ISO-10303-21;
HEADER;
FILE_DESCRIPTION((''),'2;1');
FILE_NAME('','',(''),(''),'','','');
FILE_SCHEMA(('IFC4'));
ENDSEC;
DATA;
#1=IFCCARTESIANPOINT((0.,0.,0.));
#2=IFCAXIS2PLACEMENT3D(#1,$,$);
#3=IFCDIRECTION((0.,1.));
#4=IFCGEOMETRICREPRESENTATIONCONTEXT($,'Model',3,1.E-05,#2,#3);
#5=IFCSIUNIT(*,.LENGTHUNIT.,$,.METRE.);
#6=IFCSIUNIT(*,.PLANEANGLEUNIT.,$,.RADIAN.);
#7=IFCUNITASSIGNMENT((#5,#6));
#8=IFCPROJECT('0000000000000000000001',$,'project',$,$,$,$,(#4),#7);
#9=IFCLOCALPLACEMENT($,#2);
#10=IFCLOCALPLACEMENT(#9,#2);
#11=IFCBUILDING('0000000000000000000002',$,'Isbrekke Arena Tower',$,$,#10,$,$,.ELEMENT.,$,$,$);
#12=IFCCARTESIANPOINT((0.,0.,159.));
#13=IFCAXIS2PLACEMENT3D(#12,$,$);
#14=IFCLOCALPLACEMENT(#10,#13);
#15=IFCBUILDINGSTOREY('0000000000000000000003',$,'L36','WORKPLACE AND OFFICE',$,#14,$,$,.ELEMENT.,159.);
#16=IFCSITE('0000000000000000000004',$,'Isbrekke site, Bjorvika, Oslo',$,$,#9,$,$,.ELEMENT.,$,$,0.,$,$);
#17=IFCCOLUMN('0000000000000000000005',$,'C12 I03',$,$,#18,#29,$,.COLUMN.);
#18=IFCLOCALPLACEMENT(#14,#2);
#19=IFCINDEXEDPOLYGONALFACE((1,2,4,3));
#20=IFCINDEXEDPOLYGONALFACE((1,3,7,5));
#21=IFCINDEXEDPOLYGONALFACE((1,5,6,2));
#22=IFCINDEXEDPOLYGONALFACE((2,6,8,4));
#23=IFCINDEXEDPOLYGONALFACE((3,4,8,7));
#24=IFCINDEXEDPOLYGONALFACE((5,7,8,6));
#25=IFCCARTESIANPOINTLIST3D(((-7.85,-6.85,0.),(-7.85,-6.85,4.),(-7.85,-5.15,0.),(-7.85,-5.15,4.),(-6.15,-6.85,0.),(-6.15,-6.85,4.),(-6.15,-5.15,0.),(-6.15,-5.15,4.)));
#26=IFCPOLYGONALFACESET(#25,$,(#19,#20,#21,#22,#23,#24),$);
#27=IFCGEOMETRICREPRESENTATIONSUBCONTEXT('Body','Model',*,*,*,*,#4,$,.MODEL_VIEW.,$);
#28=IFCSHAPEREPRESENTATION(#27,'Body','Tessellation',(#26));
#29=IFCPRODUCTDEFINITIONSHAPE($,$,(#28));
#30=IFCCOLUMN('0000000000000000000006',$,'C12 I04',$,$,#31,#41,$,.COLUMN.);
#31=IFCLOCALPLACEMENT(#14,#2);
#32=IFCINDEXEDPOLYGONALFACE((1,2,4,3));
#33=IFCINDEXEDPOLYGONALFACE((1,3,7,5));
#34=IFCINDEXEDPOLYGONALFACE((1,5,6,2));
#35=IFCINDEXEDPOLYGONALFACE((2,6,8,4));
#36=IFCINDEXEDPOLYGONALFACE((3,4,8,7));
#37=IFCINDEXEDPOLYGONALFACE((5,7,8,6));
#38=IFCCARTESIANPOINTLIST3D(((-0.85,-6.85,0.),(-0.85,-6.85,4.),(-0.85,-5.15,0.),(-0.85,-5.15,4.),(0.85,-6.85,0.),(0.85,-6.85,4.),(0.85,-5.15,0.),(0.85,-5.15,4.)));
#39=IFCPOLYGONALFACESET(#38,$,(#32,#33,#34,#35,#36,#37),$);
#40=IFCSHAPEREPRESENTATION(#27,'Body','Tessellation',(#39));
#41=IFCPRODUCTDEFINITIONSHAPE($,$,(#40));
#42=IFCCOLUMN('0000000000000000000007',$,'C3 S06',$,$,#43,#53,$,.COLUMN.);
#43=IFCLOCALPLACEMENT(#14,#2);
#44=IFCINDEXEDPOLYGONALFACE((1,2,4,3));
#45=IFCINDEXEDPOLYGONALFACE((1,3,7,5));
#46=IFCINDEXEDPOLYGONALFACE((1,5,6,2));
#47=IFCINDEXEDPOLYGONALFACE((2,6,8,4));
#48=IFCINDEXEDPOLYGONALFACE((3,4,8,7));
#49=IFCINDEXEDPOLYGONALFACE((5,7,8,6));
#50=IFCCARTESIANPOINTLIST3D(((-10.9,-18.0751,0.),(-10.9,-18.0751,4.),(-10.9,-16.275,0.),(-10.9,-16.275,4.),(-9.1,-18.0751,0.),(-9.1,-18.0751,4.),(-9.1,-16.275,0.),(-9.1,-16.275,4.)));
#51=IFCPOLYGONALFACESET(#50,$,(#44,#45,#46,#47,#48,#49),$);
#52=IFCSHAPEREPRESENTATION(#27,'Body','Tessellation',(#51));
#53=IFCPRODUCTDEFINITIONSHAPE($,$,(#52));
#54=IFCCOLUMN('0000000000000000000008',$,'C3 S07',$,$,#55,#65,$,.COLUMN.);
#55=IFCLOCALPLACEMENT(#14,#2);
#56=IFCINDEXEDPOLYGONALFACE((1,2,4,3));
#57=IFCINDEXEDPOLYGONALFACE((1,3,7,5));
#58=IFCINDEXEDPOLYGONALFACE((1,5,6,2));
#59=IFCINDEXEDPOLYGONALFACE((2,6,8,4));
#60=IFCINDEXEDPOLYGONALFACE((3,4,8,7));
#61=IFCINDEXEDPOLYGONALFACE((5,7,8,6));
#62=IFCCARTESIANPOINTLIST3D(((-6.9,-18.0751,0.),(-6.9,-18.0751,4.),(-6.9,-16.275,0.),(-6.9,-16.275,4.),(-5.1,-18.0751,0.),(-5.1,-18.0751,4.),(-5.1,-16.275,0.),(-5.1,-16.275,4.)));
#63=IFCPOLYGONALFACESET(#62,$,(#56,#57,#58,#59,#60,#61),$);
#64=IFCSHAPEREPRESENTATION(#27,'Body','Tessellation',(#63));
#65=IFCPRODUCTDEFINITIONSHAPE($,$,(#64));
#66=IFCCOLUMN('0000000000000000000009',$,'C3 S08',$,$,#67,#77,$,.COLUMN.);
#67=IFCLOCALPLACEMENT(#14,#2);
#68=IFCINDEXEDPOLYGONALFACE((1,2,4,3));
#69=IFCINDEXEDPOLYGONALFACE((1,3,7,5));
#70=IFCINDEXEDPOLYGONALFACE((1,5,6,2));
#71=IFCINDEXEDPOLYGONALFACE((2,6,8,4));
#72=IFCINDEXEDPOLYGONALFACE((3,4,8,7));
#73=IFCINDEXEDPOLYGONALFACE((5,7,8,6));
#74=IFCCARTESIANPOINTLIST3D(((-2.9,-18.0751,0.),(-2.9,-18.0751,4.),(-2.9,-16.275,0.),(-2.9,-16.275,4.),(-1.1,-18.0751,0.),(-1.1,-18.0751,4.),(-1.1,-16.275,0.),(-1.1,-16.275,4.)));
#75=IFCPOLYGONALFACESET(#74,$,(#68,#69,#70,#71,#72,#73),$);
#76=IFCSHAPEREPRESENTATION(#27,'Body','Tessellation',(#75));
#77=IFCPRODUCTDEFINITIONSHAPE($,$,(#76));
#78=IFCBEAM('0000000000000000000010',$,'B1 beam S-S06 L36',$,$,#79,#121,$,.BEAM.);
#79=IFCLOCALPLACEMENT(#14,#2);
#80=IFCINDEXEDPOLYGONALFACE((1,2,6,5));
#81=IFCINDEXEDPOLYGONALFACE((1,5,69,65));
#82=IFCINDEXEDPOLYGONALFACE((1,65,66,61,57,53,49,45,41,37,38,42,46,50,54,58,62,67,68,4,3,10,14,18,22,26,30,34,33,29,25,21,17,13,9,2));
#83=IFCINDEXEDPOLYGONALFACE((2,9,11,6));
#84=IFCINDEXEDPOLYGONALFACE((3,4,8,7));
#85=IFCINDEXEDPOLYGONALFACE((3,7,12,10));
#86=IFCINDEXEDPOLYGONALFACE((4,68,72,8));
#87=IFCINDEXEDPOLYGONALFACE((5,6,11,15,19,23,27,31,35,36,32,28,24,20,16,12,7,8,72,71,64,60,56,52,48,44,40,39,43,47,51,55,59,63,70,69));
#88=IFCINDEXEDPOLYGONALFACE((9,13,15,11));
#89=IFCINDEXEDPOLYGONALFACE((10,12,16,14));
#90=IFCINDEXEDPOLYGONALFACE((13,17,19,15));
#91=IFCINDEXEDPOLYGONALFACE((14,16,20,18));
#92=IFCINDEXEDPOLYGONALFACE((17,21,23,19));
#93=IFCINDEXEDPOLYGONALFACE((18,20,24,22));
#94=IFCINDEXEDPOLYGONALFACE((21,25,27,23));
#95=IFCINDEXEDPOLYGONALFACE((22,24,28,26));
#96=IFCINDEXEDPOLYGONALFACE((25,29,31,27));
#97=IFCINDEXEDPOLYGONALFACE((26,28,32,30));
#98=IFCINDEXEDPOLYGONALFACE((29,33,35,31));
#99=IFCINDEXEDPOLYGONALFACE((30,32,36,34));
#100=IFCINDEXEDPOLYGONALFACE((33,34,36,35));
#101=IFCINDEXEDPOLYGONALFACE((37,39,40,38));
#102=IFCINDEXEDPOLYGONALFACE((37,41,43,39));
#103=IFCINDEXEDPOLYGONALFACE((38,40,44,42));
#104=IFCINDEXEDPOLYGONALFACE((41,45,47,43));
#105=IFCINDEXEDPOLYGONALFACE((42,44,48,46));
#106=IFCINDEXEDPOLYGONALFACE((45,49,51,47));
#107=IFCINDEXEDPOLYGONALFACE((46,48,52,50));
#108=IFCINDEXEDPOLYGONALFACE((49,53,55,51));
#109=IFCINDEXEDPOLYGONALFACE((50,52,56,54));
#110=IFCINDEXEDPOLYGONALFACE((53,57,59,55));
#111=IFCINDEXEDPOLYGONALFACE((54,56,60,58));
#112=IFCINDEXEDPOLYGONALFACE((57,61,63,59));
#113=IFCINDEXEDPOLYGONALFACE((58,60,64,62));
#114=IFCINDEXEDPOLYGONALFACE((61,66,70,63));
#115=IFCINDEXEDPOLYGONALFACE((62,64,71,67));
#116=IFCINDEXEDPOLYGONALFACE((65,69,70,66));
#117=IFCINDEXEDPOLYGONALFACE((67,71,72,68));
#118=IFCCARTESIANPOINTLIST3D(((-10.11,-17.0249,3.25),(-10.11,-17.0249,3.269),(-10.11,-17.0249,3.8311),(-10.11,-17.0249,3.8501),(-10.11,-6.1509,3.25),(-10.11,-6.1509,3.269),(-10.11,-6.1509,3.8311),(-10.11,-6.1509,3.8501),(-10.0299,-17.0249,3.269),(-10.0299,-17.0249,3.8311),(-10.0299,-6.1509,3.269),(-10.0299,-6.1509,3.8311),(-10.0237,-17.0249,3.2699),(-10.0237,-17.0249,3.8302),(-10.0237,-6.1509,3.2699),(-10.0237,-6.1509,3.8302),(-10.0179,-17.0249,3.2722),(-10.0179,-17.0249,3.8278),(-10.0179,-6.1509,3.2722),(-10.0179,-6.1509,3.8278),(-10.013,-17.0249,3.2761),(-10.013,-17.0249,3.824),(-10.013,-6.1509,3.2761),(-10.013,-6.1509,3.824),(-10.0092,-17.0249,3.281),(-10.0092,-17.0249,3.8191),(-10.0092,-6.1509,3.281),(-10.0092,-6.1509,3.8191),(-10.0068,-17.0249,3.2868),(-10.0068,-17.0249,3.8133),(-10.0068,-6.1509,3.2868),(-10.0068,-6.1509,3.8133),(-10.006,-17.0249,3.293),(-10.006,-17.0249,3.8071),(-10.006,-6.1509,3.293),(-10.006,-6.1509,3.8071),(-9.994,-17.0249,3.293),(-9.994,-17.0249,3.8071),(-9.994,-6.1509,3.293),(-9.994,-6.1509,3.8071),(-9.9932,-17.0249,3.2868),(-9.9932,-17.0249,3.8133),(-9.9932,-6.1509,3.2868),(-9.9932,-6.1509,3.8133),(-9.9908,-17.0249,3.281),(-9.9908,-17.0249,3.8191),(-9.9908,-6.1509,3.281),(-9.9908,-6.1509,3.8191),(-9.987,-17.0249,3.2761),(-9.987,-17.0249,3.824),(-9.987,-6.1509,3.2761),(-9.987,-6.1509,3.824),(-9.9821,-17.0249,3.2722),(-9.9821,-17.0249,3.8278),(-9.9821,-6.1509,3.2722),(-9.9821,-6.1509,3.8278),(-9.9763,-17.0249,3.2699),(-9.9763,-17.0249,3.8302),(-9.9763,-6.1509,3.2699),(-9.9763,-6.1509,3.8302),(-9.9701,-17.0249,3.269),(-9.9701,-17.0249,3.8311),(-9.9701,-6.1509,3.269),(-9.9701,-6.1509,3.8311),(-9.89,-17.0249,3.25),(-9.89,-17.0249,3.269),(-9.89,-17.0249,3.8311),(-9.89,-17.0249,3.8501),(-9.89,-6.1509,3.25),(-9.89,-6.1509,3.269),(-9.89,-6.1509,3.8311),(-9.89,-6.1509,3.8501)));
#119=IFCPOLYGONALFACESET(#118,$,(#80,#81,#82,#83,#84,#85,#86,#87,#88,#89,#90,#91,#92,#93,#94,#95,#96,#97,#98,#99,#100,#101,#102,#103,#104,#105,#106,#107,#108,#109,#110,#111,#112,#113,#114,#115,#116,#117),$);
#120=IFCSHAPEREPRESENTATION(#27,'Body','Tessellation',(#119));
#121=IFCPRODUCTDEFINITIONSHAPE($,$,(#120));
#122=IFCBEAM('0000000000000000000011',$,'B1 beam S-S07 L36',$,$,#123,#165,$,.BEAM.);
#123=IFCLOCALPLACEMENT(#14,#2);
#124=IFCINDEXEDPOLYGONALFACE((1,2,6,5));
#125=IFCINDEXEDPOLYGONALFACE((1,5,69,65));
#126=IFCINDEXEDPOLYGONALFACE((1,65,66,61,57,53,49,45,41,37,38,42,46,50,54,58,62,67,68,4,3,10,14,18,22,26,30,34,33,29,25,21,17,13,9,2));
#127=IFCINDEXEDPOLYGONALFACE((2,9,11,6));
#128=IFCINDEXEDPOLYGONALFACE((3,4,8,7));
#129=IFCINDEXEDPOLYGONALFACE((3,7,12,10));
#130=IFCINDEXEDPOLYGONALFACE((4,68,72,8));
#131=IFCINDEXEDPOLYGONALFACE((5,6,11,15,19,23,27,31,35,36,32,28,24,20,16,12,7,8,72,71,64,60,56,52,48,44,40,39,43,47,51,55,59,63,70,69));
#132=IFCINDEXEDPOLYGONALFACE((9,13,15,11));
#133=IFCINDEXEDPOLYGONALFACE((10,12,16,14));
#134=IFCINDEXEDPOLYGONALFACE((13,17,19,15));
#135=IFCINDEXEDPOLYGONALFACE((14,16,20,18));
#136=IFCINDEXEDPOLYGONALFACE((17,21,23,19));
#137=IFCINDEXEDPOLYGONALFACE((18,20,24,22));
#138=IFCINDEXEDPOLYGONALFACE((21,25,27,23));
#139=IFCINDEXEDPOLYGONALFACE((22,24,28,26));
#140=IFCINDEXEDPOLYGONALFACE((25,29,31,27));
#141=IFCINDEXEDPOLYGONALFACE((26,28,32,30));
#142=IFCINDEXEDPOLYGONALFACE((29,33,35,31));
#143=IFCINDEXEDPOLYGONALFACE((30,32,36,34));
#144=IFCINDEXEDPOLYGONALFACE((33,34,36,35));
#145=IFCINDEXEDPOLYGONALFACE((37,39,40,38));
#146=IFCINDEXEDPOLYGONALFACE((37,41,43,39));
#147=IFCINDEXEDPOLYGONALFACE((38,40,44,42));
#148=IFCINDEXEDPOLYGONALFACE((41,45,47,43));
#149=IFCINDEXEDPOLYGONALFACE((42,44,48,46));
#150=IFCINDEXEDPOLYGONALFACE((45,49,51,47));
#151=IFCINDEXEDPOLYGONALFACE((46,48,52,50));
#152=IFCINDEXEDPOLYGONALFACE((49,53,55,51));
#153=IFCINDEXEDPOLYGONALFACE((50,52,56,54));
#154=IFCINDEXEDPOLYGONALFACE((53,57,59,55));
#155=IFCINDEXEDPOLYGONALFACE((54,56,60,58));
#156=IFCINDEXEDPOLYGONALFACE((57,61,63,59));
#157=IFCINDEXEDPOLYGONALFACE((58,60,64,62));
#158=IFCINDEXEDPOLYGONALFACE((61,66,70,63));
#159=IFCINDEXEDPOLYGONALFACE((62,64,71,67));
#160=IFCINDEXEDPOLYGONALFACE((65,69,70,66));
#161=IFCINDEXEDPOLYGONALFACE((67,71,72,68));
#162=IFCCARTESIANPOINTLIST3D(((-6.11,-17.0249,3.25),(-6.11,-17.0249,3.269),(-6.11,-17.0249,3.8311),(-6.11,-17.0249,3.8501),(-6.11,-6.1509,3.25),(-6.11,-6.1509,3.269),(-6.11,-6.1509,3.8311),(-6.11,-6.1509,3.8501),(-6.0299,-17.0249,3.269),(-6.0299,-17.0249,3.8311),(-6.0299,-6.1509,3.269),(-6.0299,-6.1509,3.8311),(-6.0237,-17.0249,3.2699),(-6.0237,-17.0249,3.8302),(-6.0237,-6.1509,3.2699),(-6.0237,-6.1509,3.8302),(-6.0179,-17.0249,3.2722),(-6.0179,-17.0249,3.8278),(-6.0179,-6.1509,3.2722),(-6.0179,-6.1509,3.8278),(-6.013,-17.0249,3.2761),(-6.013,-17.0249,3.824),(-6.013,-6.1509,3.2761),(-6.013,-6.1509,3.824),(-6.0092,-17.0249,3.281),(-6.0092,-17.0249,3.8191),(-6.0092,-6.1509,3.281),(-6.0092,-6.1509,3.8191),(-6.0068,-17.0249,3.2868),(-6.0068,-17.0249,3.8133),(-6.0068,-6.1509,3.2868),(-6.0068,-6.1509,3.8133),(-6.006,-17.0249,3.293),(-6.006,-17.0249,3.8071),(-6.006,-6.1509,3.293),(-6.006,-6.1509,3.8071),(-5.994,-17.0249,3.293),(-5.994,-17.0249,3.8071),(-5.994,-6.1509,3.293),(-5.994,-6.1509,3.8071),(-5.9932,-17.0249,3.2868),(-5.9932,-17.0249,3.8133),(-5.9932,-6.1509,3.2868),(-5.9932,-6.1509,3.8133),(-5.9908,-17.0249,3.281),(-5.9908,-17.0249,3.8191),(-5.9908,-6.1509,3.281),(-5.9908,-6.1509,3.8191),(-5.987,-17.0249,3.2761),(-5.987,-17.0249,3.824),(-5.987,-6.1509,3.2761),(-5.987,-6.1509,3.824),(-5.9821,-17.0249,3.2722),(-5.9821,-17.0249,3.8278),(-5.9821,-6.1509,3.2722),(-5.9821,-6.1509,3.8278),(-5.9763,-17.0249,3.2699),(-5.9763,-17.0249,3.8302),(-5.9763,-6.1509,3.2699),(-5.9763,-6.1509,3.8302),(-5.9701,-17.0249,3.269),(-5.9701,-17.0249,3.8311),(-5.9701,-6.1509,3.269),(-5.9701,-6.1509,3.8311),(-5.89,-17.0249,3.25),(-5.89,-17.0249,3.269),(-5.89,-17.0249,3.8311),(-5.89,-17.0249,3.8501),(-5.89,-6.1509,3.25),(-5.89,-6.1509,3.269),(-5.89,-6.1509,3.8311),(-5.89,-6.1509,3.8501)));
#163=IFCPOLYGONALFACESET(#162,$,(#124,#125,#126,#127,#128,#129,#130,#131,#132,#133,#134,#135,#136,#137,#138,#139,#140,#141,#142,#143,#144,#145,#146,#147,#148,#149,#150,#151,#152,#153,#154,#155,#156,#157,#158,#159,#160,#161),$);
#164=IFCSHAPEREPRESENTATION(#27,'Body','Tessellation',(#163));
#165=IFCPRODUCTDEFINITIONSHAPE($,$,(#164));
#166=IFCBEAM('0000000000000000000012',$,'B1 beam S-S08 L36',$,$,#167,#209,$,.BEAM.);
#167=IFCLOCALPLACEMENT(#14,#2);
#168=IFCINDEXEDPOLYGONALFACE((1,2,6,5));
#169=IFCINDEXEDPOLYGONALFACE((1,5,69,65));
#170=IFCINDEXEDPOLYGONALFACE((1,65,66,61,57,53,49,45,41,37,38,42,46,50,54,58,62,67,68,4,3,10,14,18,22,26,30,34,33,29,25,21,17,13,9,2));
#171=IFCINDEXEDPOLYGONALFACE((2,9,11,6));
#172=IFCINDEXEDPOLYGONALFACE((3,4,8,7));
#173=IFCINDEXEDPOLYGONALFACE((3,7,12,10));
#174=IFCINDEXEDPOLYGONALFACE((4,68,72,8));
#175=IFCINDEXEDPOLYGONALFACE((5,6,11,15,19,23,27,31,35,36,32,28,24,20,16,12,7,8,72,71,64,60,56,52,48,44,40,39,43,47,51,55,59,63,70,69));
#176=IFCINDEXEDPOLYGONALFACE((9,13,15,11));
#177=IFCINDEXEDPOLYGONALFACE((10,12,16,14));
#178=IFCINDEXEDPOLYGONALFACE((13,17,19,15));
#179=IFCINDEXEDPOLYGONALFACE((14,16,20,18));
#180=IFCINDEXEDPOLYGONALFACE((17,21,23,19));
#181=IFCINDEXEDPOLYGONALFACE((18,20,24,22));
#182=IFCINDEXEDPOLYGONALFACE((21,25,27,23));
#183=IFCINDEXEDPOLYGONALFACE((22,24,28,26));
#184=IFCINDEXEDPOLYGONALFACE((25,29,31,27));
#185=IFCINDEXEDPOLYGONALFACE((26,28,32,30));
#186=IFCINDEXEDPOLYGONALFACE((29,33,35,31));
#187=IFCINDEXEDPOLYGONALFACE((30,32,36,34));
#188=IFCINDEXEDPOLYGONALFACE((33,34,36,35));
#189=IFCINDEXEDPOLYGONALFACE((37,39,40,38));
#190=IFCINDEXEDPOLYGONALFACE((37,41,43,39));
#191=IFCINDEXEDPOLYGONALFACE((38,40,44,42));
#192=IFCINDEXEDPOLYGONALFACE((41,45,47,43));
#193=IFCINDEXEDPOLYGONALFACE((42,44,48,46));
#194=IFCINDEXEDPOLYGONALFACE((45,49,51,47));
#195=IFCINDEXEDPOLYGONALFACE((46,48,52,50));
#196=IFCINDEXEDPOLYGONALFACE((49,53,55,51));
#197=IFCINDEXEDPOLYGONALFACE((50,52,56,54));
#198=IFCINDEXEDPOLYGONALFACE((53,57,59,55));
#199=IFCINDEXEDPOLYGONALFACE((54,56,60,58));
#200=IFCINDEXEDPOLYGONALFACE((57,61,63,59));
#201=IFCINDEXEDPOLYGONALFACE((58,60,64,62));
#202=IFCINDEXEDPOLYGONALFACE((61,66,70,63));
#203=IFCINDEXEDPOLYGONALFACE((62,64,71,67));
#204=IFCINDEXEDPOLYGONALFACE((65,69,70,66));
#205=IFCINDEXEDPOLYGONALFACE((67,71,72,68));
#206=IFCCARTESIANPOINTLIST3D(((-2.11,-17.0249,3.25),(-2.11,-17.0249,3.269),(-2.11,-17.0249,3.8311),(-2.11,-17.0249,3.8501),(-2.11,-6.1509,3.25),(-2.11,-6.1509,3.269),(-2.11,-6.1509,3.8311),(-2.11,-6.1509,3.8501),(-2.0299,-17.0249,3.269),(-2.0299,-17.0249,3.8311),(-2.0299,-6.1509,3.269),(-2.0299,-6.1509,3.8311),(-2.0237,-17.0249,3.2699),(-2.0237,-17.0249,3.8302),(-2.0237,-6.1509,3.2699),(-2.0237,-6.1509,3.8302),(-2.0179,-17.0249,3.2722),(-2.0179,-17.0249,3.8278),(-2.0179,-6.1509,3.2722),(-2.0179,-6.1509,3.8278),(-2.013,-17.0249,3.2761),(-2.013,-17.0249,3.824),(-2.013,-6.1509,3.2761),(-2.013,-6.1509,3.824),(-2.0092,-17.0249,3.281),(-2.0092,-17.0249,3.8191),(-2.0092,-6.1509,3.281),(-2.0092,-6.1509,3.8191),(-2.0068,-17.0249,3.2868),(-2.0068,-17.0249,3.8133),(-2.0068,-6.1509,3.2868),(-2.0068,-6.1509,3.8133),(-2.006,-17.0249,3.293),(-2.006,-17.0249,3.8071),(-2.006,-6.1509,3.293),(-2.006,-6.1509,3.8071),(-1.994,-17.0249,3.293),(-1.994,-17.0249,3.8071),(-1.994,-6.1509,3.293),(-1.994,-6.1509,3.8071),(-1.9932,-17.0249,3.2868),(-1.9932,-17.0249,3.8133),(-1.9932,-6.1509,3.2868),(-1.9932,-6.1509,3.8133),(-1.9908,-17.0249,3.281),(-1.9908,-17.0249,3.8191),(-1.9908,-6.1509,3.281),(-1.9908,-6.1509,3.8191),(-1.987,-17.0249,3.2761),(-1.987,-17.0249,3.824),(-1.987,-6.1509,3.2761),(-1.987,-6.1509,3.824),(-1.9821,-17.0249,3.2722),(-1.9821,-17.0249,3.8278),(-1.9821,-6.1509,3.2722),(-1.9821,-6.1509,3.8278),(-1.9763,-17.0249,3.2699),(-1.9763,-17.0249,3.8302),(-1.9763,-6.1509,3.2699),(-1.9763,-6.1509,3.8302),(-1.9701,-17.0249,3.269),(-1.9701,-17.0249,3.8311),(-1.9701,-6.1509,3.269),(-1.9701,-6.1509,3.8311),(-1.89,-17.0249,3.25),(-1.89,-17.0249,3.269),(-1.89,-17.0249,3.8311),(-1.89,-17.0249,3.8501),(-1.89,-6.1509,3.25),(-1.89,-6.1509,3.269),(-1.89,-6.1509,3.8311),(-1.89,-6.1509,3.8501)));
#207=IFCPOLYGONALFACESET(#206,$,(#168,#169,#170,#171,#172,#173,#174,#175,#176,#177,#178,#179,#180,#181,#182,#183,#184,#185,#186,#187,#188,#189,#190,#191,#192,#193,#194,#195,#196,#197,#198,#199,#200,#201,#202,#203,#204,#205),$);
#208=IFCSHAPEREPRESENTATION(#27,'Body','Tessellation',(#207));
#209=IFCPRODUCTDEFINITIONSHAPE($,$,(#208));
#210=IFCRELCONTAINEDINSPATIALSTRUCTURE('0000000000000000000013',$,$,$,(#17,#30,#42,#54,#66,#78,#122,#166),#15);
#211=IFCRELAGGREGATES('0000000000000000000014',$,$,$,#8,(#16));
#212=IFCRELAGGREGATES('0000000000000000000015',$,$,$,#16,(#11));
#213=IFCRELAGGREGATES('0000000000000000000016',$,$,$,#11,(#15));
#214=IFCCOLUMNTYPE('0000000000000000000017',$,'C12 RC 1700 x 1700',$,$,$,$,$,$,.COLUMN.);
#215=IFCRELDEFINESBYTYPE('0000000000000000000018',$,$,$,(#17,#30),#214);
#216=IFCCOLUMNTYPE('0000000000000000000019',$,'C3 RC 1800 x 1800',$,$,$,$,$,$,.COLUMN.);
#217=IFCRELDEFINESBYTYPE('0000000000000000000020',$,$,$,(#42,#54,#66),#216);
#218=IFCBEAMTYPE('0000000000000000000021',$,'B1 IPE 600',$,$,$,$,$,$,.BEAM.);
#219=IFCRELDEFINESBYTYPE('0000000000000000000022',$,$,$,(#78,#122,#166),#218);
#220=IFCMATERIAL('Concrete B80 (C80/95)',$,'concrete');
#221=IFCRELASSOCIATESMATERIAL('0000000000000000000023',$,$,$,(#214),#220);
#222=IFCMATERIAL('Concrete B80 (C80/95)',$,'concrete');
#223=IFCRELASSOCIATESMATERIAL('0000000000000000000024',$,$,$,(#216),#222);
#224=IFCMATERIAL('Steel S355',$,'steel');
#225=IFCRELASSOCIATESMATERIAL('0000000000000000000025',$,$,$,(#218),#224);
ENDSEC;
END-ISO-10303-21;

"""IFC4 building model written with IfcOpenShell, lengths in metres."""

from ifc_helpers import new_model, si_unit, direction, frame, origin, origin_2d, place, context, subcontext, project, spatial, rectangle, i_section, extrude, material, material_profile, profile_set, type_object, element, save


model = new_model("IFC4")

# Units and contexts
model_context = context("Model", 3, precision=1e-05, world=origin(), true_north=direction((0.0, 1.0)))
body_context = subcontext(model_context, "Body", "Model", "MODEL_VIEW")
ifc_project = project(units=[si_unit("LENGTHUNIT", "METRE"), si_unit("PLANEANGLEUNIT", "RADIAN")], contexts=[model_context])

# Site, building, storey
site_placement = place(None, origin())
site = spatial("IfcSite", under=ifc_project, at=site_placement, Name="Isbrekke site, Bjorvika, Oslo", CompositionType="ELEMENT", RefElevation=0.0)
building_placement = place(site_placement, origin())
building = spatial("IfcBuilding", under=site, at=building_placement, Name="Isbrekke Arena Tower", CompositionType="ELEMENT")
storey_placement = place(building_placement, frame((0.0, 0.0, 159.0)))
storey = spatial("IfcBuildingStorey", under=building, at=storey_placement, Name="L36", Description="WORKPLACE AND OFFICE", CompositionType="ELEMENT", Elevation=159.0)

# Columns
ifc_material_1 = material(Name="Concrete B80 (C80/95)", Category="concrete")
ifc_material_profile_1 = material_profile(ifc_material_1, rectangle(XDim=1.7, YDim=1.7, at=origin_2d()), Name="RC 1700x1700")
ifc_profile_set_1 = profile_set([ifc_material_profile_1], Name="Concrete B80 (C80/95)")
column_type_1 = type_object("IfcColumnType", Name="C12 RC 1700 x 1700", PredefinedType="COLUMN", material=ifc_profile_set_1)
for number, where, z_axis, x_axis, name in (
    (1, (-7.0, -6.0, 0.0), (0.0, 0.0, 1.0), (1.0, 0.0, 0.0), "C12 I03"),
    (2, (0.0, -6.0, 0.0), (0.0, 0.0, 1.0), (1.0, 0.0, 0.0), "C12 I04"),
):
    element("IfcColumn", number, at=place(storey_placement, frame(where, z_axis=z_axis, x_axis=x_axis)), inside=storey, type_object=column_type_1, Name=name, PredefinedType="COLUMN", context=body_context, shape_type="SweptSolid", body=[
        extrude(rectangle(XDim=1.7, YDim=1.7, at=origin_2d()), origin(), (0.0, 0.0, 1.0), 4.0),
    ])
ifc_material_2 = material(Name="Concrete B80 (C80/95)", Category="concrete")
ifc_material_profile_2 = material_profile(ifc_material_2, rectangle(XDim=1.8, YDim=1.8, at=origin_2d()), Name="RC 1800x1800")
ifc_profile_set_2 = profile_set([ifc_material_profile_2], Name="Concrete B80 (C80/95)")
column_type_2 = type_object("IfcColumnType", Name="C3 RC 1800 x 1800", PredefinedType="COLUMN", material=ifc_profile_set_2)
for number, where, z_axis, x_axis, name in (
    (3, (-10.0, -17.175, 0.0), (0.0, 0.0, 1.0), (1.0, 0.0, 0.0), "C3 S06"),
    (4, (-6.0, -17.175, 0.0), (0.0, 0.0, 1.0), (1.0, 0.0, 0.0), "C3 S07"),
    (5, (-2.0, -17.175, 0.0), (0.0, 0.0, 1.0), (1.0, 0.0, 0.0), "C3 S08"),
):
    element("IfcColumn", number, at=place(storey_placement, frame(where, z_axis=z_axis, x_axis=x_axis)), inside=storey, type_object=column_type_2, Name=name, PredefinedType="COLUMN", context=body_context, shape_type="SweptSolid", body=[
        extrude(rectangle(XDim=1.8, YDim=1.8, at=origin_2d()), origin(), (0.0, 0.0, 1.0), 4.0),
    ])

# Beams
ifc_material_3 = material(Name="Steel S355", Category="steel")
ifc_material_profile_3 = material_profile(ifc_material_3, i_section(OverallWidth=0.22, OverallDepth=0.6001, WebThickness=0.012, FlangeThickness=0.019, FilletRadius=0.0239, at=origin_2d()), Name="IPE 600")
ifc_profile_set_3 = profile_set([ifc_material_profile_3], Name="Steel S355")
beam_type_1 = type_object("IfcBeamType", Name="B1 IPE 600", PredefinedType="BEAM", material=ifc_profile_set_3)
for number, where, z_axis, x_axis, name in (
    (6, (-10.0, -17.0249, 3.55), (0.0, 1.0, 0.0), (-1.0, 0.0, 0.0), "B1 beam S-S06 L36"),
    (7, (-6.0, -17.0249, 3.55), (0.0, 1.0, 0.0), (-1.0, 0.0, 0.0), "B1 beam S-S07 L36"),
    (8, (-2.0, -17.0249, 3.55), (0.0, 1.0, 0.0), (-1.0, 0.0, 0.0), "B1 beam S-S08 L36"),
):
    element("IfcBeam", number, at=place(storey_placement, frame(where, z_axis=z_axis, x_axis=x_axis)), inside=storey, type_object=beam_type_1, Name=name, PredefinedType="BEAM", context=body_context, shape_type="SweptSolid", body=[
        extrude(i_section(OverallWidth=0.22, OverallDepth=0.6001, WebThickness=0.012, FlangeThickness=0.019, FilletRadius=0.0239, at=origin_2d()), origin(), (0.0, 0.0, 1.0), 10.874),
    ])

save(model, "model.ifc")
